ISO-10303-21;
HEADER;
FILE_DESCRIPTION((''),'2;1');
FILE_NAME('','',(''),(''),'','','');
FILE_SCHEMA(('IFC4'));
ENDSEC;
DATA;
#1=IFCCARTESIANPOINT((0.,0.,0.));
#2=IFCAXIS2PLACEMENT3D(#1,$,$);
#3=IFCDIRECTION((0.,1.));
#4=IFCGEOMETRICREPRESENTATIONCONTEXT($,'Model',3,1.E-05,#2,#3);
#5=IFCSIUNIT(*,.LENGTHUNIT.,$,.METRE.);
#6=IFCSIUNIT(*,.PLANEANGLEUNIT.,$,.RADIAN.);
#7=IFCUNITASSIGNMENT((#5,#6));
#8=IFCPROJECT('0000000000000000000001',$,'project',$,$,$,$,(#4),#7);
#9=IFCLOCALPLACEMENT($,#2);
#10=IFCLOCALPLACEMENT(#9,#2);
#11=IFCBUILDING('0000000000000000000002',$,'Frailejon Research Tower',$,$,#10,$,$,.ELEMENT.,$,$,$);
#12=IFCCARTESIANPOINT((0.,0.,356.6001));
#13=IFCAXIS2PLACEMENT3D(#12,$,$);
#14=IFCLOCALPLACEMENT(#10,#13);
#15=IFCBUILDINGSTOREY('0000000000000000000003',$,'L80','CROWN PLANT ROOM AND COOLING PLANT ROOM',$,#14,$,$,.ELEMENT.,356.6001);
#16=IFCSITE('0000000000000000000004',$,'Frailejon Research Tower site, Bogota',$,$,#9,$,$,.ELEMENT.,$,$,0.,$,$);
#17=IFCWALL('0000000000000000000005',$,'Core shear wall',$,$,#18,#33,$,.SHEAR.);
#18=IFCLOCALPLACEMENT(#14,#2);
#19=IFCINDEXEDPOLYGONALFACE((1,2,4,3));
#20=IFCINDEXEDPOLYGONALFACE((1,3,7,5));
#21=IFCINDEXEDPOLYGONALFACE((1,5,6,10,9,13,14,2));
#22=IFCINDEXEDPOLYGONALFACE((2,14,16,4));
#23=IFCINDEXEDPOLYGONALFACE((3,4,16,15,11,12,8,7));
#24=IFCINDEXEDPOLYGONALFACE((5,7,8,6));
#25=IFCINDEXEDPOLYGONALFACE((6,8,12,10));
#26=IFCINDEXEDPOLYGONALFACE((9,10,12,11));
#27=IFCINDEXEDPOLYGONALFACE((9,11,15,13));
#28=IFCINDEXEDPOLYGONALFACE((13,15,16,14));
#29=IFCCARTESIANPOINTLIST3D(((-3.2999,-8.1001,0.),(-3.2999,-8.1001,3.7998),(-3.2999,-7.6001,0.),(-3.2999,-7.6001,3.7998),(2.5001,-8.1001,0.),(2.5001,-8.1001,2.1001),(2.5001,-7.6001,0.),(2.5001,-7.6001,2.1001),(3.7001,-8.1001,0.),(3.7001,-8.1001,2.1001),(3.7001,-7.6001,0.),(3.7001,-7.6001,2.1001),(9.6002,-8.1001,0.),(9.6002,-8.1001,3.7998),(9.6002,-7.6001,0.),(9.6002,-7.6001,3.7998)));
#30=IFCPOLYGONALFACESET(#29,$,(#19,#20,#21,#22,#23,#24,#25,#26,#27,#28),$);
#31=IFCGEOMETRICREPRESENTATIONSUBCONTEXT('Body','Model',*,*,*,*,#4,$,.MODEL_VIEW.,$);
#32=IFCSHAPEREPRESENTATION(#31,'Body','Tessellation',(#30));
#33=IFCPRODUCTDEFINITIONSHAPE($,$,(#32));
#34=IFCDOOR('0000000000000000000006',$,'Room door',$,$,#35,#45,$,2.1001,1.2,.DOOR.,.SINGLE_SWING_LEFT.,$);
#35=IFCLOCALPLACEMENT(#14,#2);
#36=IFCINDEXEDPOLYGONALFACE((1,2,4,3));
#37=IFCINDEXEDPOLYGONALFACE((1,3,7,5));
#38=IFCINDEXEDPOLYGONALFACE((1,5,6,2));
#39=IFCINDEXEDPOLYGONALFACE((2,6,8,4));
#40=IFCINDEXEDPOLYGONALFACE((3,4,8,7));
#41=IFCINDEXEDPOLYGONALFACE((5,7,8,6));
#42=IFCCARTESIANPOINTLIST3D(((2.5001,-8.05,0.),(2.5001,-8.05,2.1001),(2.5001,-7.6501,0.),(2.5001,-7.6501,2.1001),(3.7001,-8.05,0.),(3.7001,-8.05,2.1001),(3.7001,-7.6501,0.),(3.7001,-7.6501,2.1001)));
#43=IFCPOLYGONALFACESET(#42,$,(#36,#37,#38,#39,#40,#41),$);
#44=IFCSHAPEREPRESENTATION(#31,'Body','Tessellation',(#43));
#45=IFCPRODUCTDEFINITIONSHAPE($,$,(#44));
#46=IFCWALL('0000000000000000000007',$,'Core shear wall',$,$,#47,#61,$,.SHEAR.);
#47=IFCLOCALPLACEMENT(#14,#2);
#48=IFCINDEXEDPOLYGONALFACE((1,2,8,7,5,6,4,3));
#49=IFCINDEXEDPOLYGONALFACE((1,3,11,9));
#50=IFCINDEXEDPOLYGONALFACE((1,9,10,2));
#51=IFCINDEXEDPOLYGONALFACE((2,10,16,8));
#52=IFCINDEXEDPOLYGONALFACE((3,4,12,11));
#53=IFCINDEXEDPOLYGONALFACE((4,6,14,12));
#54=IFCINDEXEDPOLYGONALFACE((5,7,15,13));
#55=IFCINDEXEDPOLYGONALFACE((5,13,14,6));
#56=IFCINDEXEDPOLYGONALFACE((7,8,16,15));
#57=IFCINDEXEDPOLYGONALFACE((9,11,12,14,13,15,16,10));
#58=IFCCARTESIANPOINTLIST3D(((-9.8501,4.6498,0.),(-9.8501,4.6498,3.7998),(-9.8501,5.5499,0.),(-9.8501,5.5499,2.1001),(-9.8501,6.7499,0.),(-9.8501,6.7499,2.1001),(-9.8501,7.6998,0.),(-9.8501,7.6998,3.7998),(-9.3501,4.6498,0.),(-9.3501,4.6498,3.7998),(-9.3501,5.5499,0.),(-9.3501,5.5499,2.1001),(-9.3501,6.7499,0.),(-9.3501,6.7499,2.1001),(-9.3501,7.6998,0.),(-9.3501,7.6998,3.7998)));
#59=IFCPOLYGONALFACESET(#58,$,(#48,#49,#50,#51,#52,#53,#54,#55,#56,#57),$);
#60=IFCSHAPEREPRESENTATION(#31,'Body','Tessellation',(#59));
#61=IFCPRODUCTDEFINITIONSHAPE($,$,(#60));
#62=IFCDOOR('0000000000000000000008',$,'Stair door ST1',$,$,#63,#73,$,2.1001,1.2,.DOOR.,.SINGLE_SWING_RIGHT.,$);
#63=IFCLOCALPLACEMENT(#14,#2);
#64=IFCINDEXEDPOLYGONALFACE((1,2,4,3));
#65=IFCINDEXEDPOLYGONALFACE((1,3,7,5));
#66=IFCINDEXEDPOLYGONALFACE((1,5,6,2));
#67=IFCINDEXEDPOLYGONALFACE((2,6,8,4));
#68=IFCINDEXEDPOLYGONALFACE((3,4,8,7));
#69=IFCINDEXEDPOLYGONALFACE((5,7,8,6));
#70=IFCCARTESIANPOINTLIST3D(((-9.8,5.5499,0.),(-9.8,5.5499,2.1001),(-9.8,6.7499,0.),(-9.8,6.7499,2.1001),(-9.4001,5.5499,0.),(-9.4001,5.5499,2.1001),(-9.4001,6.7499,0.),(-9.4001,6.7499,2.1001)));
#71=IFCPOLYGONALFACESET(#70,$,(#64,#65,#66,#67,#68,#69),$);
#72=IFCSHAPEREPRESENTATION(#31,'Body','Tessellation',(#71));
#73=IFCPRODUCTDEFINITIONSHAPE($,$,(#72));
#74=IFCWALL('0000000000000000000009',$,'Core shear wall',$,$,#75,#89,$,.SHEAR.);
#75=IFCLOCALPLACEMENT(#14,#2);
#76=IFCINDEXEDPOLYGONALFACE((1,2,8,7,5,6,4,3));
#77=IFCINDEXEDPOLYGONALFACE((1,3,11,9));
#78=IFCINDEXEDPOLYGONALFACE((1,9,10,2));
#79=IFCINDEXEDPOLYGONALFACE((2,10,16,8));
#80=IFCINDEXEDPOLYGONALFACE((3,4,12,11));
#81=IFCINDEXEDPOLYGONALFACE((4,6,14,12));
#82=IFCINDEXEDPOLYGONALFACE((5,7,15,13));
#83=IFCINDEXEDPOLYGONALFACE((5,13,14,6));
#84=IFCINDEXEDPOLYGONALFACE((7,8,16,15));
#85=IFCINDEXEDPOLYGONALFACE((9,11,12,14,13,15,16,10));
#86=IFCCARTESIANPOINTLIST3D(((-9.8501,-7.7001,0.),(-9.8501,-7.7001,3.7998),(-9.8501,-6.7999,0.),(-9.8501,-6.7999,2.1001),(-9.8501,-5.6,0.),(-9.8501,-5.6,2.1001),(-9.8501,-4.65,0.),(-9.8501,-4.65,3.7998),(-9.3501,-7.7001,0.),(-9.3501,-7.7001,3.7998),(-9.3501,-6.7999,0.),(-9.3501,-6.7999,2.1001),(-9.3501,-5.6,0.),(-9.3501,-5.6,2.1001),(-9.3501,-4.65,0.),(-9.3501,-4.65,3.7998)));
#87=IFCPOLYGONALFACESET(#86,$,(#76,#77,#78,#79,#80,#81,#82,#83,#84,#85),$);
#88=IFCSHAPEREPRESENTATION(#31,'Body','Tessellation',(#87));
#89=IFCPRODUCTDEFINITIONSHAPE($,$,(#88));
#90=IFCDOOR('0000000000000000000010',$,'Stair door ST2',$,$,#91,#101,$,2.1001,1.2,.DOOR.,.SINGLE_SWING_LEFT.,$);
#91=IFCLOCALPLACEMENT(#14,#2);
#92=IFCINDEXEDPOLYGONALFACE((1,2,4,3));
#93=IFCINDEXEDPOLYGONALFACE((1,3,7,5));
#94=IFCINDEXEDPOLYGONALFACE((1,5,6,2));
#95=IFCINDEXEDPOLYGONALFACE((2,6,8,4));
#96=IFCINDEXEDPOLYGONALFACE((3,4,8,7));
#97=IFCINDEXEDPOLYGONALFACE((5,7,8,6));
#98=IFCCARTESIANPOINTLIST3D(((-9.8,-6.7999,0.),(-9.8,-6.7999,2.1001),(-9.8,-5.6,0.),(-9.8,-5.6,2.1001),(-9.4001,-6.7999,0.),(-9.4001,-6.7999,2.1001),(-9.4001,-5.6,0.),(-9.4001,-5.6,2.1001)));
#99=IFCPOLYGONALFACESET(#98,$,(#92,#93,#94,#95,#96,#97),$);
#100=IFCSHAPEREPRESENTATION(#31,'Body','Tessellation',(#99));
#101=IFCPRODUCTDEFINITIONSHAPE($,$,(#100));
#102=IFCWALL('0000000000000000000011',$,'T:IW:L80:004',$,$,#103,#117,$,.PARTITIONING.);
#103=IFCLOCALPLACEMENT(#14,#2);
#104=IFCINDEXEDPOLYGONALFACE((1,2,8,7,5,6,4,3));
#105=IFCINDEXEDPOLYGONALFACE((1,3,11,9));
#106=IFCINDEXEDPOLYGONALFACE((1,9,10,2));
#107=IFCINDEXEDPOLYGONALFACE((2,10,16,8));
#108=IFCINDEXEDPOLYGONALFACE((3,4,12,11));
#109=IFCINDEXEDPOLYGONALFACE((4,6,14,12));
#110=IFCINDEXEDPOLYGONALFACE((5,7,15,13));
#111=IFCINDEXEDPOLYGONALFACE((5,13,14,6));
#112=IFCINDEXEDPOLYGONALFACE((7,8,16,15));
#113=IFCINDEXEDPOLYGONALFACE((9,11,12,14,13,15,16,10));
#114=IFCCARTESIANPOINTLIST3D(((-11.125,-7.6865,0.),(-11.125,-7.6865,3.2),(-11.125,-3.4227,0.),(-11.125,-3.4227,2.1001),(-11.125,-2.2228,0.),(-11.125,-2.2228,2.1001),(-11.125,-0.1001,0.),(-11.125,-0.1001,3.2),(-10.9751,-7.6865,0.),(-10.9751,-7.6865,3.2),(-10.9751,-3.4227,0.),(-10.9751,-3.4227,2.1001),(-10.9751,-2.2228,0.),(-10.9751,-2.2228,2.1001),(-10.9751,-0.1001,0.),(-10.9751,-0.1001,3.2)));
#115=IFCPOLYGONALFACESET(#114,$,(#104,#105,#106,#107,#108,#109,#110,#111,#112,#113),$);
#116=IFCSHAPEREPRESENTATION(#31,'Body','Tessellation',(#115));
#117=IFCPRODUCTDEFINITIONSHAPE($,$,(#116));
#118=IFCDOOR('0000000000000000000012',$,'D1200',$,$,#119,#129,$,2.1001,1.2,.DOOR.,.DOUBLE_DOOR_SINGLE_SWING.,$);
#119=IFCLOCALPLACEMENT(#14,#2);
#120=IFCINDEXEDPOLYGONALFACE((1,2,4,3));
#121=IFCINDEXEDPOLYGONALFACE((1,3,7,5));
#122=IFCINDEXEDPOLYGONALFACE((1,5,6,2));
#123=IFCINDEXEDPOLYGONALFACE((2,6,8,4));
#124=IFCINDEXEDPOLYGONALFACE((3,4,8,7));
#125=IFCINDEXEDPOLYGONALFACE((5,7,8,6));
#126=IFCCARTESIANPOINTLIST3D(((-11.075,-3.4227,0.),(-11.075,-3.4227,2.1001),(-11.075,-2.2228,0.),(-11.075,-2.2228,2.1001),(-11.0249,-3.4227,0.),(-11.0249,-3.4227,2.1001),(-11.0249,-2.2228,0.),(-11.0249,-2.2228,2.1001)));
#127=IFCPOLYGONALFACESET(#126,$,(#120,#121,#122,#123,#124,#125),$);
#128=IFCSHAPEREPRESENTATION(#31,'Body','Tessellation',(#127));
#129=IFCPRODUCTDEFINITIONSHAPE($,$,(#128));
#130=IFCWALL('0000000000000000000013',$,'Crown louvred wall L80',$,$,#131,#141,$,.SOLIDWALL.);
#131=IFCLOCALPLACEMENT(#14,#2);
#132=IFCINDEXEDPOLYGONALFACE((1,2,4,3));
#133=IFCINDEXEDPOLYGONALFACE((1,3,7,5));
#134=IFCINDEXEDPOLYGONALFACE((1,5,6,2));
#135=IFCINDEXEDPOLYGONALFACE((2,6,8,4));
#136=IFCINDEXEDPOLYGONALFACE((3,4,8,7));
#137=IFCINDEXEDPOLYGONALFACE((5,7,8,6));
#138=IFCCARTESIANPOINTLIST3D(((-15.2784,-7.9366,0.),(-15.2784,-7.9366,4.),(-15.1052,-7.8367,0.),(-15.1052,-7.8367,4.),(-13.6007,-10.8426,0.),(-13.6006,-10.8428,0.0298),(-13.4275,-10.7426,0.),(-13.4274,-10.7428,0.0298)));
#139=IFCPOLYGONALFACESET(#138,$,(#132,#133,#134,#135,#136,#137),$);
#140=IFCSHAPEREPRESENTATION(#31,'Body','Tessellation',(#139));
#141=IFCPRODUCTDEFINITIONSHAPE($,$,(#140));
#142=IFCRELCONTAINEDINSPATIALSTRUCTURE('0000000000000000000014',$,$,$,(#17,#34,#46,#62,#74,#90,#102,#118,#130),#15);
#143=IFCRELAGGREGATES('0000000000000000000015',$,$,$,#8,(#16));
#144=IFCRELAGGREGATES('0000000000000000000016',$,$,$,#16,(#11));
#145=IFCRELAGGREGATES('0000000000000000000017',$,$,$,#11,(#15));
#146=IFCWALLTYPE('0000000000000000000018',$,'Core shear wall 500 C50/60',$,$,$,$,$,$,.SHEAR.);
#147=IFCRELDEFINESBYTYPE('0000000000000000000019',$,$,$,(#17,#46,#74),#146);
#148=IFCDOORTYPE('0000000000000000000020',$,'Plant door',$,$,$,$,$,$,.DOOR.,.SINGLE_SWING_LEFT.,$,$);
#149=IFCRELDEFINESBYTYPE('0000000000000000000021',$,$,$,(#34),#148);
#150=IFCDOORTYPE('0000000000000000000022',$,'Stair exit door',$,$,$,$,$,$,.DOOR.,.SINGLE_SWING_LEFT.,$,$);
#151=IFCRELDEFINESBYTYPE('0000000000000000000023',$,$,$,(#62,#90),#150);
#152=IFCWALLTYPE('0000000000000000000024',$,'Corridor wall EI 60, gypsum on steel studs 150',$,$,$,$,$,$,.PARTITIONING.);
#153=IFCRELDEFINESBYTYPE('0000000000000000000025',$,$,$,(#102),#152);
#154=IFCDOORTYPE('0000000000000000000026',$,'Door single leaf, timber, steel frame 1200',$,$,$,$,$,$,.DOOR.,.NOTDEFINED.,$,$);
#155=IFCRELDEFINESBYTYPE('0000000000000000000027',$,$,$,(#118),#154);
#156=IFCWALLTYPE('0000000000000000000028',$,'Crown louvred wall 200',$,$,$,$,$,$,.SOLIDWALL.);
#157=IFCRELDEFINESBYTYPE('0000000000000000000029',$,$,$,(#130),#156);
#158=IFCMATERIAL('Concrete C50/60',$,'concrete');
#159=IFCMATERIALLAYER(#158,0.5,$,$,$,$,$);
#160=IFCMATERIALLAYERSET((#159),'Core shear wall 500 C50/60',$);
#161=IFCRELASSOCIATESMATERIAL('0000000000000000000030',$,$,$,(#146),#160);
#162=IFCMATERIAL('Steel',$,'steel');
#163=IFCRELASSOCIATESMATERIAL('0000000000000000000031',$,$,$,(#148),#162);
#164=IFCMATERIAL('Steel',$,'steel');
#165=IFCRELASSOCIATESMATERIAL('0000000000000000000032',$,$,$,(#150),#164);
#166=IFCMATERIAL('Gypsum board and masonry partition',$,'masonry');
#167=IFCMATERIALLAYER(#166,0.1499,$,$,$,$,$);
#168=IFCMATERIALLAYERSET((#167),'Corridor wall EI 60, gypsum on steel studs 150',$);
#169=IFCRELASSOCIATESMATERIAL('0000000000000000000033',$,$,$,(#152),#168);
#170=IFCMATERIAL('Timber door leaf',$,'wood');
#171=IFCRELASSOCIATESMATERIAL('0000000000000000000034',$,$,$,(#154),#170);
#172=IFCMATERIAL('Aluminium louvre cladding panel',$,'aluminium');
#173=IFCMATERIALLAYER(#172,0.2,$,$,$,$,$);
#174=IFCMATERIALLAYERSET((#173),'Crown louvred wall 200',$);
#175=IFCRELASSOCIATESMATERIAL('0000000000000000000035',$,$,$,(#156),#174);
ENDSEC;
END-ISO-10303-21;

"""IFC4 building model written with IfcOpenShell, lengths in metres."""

from ifc_helpers import new_model, si_unit, direction, frame, frame_2d, origin, place, context, subcontext, project, spatial, polyline, rectangle, outline, extrude, material, layer, layer_set, type_object, element, fill, save


model = new_model("IFC4")

# Units and contexts
model_context = context("Model", 3, precision=1e-05, world=origin(), true_north=direction((0.0, 1.0)))
body_context = subcontext(model_context, "Body", "Model", "MODEL_VIEW")
ifc_project = project(units=[si_unit("LENGTHUNIT", "METRE"), si_unit("PLANEANGLEUNIT", "RADIAN")], contexts=[model_context])

# Site, building, storey
site_placement = place(None, origin())
site = spatial("IfcSite", under=ifc_project, at=site_placement, Name="Frailejon Research Tower site, Bogota", CompositionType="ELEMENT", RefElevation=0.0)
building_placement = place(site_placement, origin())
building = spatial("IfcBuilding", under=site, at=building_placement, Name="Frailejon Research Tower", CompositionType="ELEMENT")
storey_placement = place(building_placement, frame((0.0, 0.0, 356.6001)))
storey = spatial("IfcBuildingStorey", under=building, at=storey_placement, Name="L80", Description="CROWN PLANT ROOM AND COOLING PLANT ROOM", CompositionType="ELEMENT", Elevation=356.6001)

# Shared definitions
ifc_material_1 = material(Name="Concrete C50/60", Category="concrete")
ifc_layer_1 = layer(ifc_material_1, 0.5)
ifc_layer_set_1 = layer_set([ifc_layer_1], Name="Core shear wall 500 C50/60")
wall_type_1 = type_object("IfcWallType", Name="Core shear wall 500 C50/60", PredefinedType="SHEAR", material=ifc_layer_set_1)

# Walls, openings, doors
wall_1_placement = place(storey_placement, frame((-3.3, -7.8501, 0.0), z_axis=(0.0, 0.0, 1.0), x_axis=(1.0, 0.0, 0.0)))
wall_1 = element("IfcWall", 1, at=wall_1_placement, inside=storey, type_object=wall_type_1, Name="Core shear wall", PredefinedType="SHEAR", context=body_context, shape_type="SweptSolid", body=[
    extrude(rectangle(XDim=12.9001, YDim=0.5, at=frame_2d((6.4502, 0.0))), origin(), (0.0, 0.0, 1.0), 3.7998),
])
opening_1_placement = place(wall_1_placement, frame((5.8, 0.0, 0.0)))
opening_1 = element("IfcOpeningElement", 2, at=opening_1_placement, cuts=wall_1, PredefinedType="OPENING", context=body_context, shape_type="SweptSolid", body=[
    extrude(rectangle(XDim=1.2, YDim=2.1001, at=frame_2d((0.6001, 1.05))), frame((0.0, 0.26, 0.0), z_axis=(0.0, -1.0, 0.0), x_axis=(1.0, 0.0, 0.0)), (0.0, 0.0, 1.0), 0.52),
])
ifc_material_2 = material(Name="Steel", Category="steel")
door_type_1 = type_object("IfcDoorType", Name="Plant door", OperationType="SINGLE_SWING_LEFT", PredefinedType="DOOR", material=ifc_material_2)
door_1_placement = place(opening_1_placement, origin())
door_1 = element("IfcDoor", 3, at=door_1_placement, inside=storey, type_object=door_type_1, Name="Room door", OperationType="SINGLE_SWING_LEFT", OverallHeight=2.1001, OverallWidth=1.2, PredefinedType="DOOR", context=body_context, shape_type="SweptSolid", body=[
    extrude(rectangle(XDim=1.2, YDim=2.1001, at=frame_2d((0.6001, 1.05))), frame((0.0, 0.2, 0.0), z_axis=(0.0, -1.0, 0.0), x_axis=(1.0, 0.0, 0.0)), (0.0, 0.0, 1.0), 0.3999),
])
fill(opening_1, door_1)
wall_2_placement = place(storey_placement, frame((-9.6001, 4.6499, 0.0), z_axis=(0.0, 0.0, 1.0), x_axis=(0.0, 1.0, 0.0)))
wall_2 = element("IfcWall", 4, at=wall_2_placement, inside=storey, type_object=wall_type_1, Name="Core shear wall", PredefinedType="SHEAR", context=body_context, shape_type="SweptSolid", body=[
    extrude(rectangle(XDim=3.05, YDim=0.5, at=frame_2d((1.5249, 0.0))), origin(), (0.0, 0.0, 1.0), 3.7998),
])
opening_2_placement = place(wall_2_placement, frame((0.8999, 0.0, 0.0)))
opening_2 = element("IfcOpeningElement", 5, at=opening_2_placement, cuts=wall_2, PredefinedType="OPENING", context=body_context, shape_type="SweptSolid", body=[
    extrude(rectangle(XDim=1.2, YDim=2.1001, at=frame_2d((0.6001, 1.05))), frame((0.0, 0.26, 0.0), z_axis=(0.0, -1.0, 0.0), x_axis=(1.0, 0.0, 0.0)), (0.0, 0.0, 1.0), 0.52),
])
ifc_material_3 = material(Name="Steel", Category="steel")
door_type_2 = type_object("IfcDoorType", Name="Stair exit door", OperationType="SINGLE_SWING_LEFT", PredefinedType="DOOR", material=ifc_material_3)
door_2_placement = place(opening_2_placement, origin())
door_2 = element("IfcDoor", 6, at=door_2_placement, inside=storey, type_object=door_type_2, Name="Stair door ST1", OperationType="SINGLE_SWING_RIGHT", OverallHeight=2.1001, OverallWidth=1.2, PredefinedType="DOOR", context=body_context, shape_type="SweptSolid", body=[
    extrude(rectangle(XDim=1.2, YDim=2.1001, at=frame_2d((0.6001, 1.05))), frame((0.0, 0.2, 0.0), z_axis=(0.0, -1.0, 0.0), x_axis=(1.0, 0.0, 0.0)), (0.0, 0.0, 1.0), 0.3999),
])
fill(opening_2, door_2)
wall_3_placement = place(storey_placement, frame((-9.6001, -7.7, 0.0), z_axis=(0.0, 0.0, 1.0), x_axis=(0.0, 1.0, 0.0)))
wall_3 = element("IfcWall", 7, at=wall_3_placement, inside=storey, type_object=wall_type_1, Name="Core shear wall", PredefinedType="SHEAR", context=body_context, shape_type="SweptSolid", body=[
    extrude(rectangle(XDim=3.05, YDim=0.5, at=frame_2d((1.5249, 0.0))), origin(), (0.0, 0.0, 1.0), 3.7998),
])
opening_3_placement = place(wall_3_placement, frame((0.8999, 0.0, 0.0)))
opening_3 = element("IfcOpeningElement", 8, at=opening_3_placement, cuts=wall_3, PredefinedType="OPENING", context=body_context, shape_type="SweptSolid", body=[
    extrude(rectangle(XDim=1.2, YDim=2.1001, at=frame_2d((0.6001, 1.05))), frame((0.0, 0.26, 0.0), z_axis=(0.0, -1.0, 0.0), x_axis=(1.0, 0.0, 0.0)), (0.0, 0.0, 1.0), 0.52),
])
door_3_placement = place(opening_3_placement, origin())
door_3 = element("IfcDoor", 9, at=door_3_placement, inside=storey, type_object=door_type_2, Name="Stair door ST2", OperationType="SINGLE_SWING_LEFT", OverallHeight=2.1001, OverallWidth=1.2, PredefinedType="DOOR", context=body_context, shape_type="SweptSolid", body=[
    extrude(rectangle(XDim=1.2, YDim=2.1001, at=frame_2d((0.6001, 1.05))), frame((0.0, 0.2, 0.0), z_axis=(0.0, -1.0, 0.0), x_axis=(1.0, 0.0, 0.0)), (0.0, 0.0, 1.0), 0.3999),
])
fill(opening_3, door_3)
ifc_material_4 = material(Name="Gypsum board and masonry partition", Category="masonry")
ifc_layer_2 = layer(ifc_material_4, 0.1499)
ifc_layer_set_2 = layer_set([ifc_layer_2], Name="Corridor wall EI 60, gypsum on steel studs 150")
wall_type_2 = type_object("IfcWallType", Name="Corridor wall EI 60, gypsum on steel studs 150", PredefinedType="PARTITIONING", material=ifc_layer_set_2)
wall_4_placement = place(storey_placement, frame((-11.05, -7.6865, 0.0), z_axis=(0.0, 0.0, 1.0), x_axis=(0.0, 1.0, 0.0)))
wall_4 = element("IfcWall", 10, at=wall_4_placement, inside=storey, type_object=wall_type_2, Name="T:IW:L80:004", PredefinedType="PARTITIONING", context=body_context, shape_type="SweptSolid", body=[
    extrude(rectangle(XDim=7.5864, YDim=0.1499, at=frame_2d((3.7932, 0.0))), origin(), (0.0, 0.0, 1.0), 3.2),
])
opening_4_placement = place(wall_4_placement, frame((4.2637, 0.0, 0.0)))
opening_4 = element("IfcOpeningElement", 11, at=opening_4_placement, cuts=wall_4, PredefinedType="OPENING", context=body_context, shape_type="SweptSolid", body=[
    extrude(rectangle(XDim=1.2, YDim=2.1001, at=frame_2d((0.6001, 1.05))), frame((0.0, 0.085, 0.0), z_axis=(0.0, -1.0, 0.0), x_axis=(1.0, 0.0, 0.0)), (0.0, 0.0, 1.0), 0.1699),
])
ifc_material_5 = material(Name="Timber door leaf", Category="wood")
door_type_3 = type_object("IfcDoorType", Name="Door single leaf, timber, steel frame 1200", OperationType="NOTDEFINED", PredefinedType="DOOR", material=ifc_material_5)
door_4_placement = place(opening_4_placement, origin())
door_4 = element("IfcDoor", 12, at=door_4_placement, inside=storey, type_object=door_type_3, Name="D1200", OperationType="DOUBLE_DOOR_SINGLE_SWING", OverallHeight=2.1001, OverallWidth=1.2, PredefinedType="DOOR", context=body_context, shape_type="SweptSolid", body=[
    extrude(rectangle(XDim=1.2, YDim=2.1001, at=frame_2d((0.6001, 1.05))), frame((0.0, 0.0249, 0.0), z_axis=(0.0, -1.0, 0.0), x_axis=(1.0, 0.0, 0.0)), (0.0, 0.0, 1.0), 0.05),
])
fill(opening_4, door_4)

# Wall
ifc_material_6 = material(Name="Aluminium louvre cladding panel", Category="aluminium")
ifc_layer_3 = layer(ifc_material_6, 0.2)
ifc_layer_set_3 = layer_set([ifc_layer_3], Name="Crown louvred wall 200")
wall_type_3 = type_object("IfcWallType", Name="Crown louvred wall 200", PredefinedType="SOLIDWALL", material=ifc_layer_set_3)
wall_5_placement = place(storey_placement, frame((-15.1919, -7.8867, 0.0), z_axis=(0.0, 0.0, 1.0), x_axis=(0.499989, -0.866032, 0.0)))
element("IfcWall", 13, at=wall_5_placement, inside=storey, type_object=wall_type_3, Name="Crown louvred wall L80", PredefinedType="SOLIDWALL", context=body_context, shape_type="SweptSolid", body=[
    extrude(outline(polyline([(0.0, 0.0), (3.3555, 0.0), (3.3557, 0.0298), (0.0, 4.0), (0.0, 0.0)])), frame((0.0, 0.1001, 0.0), z_axis=(0.0, -1.0, 0.0), x_axis=(1.0, 0.0, 0.0)), (0.0, 0.0, 1.0), 0.2),
])

save(model, "model.ifc")
